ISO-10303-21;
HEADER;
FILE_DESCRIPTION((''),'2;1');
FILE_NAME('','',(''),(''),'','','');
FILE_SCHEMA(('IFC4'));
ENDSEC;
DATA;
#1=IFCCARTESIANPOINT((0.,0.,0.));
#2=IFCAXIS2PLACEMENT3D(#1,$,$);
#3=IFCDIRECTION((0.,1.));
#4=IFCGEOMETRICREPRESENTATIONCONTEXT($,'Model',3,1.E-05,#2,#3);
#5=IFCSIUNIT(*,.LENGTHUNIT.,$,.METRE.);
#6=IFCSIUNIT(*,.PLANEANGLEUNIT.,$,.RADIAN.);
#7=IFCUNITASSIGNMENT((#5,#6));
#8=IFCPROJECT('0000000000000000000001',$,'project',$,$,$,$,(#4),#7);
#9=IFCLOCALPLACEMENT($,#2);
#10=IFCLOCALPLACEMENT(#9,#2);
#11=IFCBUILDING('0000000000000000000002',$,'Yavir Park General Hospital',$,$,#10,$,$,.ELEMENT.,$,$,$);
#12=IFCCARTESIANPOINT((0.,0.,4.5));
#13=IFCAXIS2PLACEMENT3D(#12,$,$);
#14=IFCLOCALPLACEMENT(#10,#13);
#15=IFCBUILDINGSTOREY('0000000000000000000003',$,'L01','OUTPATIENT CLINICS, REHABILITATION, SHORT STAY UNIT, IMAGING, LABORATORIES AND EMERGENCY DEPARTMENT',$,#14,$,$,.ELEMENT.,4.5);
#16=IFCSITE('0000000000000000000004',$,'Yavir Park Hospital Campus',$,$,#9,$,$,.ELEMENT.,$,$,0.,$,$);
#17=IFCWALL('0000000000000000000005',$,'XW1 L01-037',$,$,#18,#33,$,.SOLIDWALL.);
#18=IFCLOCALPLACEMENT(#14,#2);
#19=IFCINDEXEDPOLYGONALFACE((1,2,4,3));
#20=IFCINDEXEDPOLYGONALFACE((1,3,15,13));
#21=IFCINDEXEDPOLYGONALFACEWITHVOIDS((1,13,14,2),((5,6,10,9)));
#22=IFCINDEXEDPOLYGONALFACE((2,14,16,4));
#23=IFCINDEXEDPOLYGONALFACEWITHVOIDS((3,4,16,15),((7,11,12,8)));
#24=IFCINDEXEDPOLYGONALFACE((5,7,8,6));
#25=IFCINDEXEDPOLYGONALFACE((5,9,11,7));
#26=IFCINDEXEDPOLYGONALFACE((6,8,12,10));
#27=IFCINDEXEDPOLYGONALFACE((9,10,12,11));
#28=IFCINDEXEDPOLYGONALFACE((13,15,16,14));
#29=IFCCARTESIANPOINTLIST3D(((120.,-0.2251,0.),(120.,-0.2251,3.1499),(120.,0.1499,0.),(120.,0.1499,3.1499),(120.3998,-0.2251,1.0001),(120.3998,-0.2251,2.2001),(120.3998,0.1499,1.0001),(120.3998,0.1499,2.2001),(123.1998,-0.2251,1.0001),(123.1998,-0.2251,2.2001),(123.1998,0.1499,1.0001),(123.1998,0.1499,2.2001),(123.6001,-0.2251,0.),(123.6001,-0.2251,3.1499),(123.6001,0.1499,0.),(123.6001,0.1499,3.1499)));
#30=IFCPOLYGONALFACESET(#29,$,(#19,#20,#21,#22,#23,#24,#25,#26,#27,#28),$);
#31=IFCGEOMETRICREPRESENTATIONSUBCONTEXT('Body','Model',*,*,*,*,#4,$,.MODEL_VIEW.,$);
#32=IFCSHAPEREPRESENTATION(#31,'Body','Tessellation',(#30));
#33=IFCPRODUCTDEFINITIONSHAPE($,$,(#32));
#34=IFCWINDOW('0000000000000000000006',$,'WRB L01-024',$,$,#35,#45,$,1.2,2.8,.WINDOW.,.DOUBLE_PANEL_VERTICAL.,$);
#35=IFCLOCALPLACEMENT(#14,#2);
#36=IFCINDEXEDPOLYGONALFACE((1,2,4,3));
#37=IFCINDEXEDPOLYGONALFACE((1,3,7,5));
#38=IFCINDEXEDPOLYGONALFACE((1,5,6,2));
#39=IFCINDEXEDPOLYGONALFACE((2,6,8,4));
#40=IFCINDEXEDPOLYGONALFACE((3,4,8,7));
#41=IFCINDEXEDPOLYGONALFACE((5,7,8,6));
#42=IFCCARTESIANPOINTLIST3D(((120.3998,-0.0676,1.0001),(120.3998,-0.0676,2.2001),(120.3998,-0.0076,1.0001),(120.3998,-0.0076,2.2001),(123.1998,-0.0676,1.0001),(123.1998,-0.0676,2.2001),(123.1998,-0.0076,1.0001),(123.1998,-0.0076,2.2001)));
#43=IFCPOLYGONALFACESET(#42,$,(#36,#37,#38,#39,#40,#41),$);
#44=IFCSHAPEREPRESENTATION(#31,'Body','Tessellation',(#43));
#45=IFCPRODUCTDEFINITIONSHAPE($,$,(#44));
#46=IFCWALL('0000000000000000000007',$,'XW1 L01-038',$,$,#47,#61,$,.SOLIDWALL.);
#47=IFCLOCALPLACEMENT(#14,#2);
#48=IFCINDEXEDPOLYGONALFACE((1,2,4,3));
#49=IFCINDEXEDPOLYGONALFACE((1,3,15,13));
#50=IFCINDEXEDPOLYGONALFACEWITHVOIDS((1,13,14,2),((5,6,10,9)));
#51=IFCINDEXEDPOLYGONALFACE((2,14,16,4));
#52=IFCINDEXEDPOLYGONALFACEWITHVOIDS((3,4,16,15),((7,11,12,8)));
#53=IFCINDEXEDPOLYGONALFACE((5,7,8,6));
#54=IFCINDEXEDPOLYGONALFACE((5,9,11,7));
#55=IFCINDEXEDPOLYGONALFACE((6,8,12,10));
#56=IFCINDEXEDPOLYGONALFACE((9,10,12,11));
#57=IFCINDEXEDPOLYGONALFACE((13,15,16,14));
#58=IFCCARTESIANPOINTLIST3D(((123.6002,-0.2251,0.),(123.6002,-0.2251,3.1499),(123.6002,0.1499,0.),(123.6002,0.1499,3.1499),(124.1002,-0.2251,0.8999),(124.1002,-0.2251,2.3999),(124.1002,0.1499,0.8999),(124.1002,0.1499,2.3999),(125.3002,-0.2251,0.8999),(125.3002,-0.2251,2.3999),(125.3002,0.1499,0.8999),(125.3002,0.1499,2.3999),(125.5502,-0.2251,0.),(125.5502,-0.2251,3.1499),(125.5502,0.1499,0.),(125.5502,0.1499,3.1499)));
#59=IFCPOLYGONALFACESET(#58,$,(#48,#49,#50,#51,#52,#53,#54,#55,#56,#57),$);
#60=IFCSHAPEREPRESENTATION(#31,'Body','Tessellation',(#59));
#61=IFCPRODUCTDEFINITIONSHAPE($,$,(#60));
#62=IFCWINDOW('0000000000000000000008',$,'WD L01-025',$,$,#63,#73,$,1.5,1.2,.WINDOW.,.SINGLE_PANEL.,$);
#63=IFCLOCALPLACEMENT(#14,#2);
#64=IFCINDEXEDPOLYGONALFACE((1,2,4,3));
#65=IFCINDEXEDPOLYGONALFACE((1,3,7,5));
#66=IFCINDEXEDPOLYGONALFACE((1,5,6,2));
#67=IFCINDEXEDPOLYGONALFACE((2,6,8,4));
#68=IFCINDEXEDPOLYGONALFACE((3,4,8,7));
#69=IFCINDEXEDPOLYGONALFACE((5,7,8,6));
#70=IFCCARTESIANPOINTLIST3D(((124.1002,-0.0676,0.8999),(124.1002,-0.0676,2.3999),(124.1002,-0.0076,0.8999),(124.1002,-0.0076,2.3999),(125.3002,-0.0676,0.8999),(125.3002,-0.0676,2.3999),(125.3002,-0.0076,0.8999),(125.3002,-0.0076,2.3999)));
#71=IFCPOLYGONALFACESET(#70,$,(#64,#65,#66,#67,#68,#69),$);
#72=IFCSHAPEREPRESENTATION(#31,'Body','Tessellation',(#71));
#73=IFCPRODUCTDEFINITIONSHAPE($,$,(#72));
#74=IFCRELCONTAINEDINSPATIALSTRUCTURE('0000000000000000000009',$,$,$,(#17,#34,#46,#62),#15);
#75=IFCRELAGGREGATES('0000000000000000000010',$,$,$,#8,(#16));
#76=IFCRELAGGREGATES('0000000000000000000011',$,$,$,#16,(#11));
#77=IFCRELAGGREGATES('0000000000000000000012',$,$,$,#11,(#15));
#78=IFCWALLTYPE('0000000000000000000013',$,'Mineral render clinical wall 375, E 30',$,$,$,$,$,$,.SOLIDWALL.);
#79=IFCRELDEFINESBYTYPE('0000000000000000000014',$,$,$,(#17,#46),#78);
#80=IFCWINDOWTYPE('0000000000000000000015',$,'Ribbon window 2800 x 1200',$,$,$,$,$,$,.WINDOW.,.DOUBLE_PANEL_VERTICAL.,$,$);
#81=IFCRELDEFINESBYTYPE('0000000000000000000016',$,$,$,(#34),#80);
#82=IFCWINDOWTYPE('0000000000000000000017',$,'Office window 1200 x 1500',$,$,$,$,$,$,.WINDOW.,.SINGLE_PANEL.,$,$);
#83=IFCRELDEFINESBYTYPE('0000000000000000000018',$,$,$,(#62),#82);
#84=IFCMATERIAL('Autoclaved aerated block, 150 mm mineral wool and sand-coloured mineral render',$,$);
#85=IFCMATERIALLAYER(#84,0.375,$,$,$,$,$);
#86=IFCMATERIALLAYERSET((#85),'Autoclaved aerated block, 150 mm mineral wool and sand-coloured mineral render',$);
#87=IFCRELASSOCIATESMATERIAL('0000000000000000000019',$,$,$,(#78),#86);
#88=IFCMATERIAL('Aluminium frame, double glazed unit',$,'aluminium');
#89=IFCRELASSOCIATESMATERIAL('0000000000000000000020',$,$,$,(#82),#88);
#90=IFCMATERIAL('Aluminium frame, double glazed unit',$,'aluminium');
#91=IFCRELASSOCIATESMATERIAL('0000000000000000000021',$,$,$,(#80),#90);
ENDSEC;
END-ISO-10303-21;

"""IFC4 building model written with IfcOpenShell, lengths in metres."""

from ifc_helpers import new_model, si_unit, direction, frame, frame_2d, origin, place, context, subcontext, project, spatial, rectangle, extrude, material, layer, layer_set, type_object, element, fill, save


model = new_model("IFC4")

# Units and contexts
model_context = context("Model", 3, precision=1e-05, world=origin(), true_north=direction((0.0, 1.0)))
body_context = subcontext(model_context, "Body", "Model", "MODEL_VIEW")
ifc_project = project(units=[si_unit("LENGTHUNIT", "METRE"), si_unit("PLANEANGLEUNIT", "RADIAN")], contexts=[model_context])

# Site, building, storey
site_placement = place(None, origin())
site = spatial("IfcSite", under=ifc_project, at=site_placement, Name="Yavir Park Hospital Campus", CompositionType="ELEMENT", RefElevation=0.0)
building_placement = place(site_placement, origin())
building = spatial("IfcBuilding", under=site, at=building_placement, Name="Yavir Park General Hospital", CompositionType="ELEMENT")
storey_placement = place(building_placement, frame((0.0, 0.0, 4.5)))
storey = spatial("IfcBuildingStorey", under=building, at=storey_placement, Name="L01", Description="OUTPATIENT CLINICS, REHABILITATION, SHORT STAY UNIT, IMAGING, LABORATORIES AND EMERGENCY DEPARTMENT", CompositionType="ELEMENT", Elevation=4.5)

# Walls, openings, windows
ifc_material_1 = material(Name="Autoclaved aerated block, 150 mm mineral wool and sand-coloured mineral render")
ifc_layer_1 = layer(ifc_material_1, 0.375)
ifc_layer_set_1 = layer_set([ifc_layer_1], Name="Autoclaved aerated block, 150 mm mineral wool and sand-coloured mineral render")
wall_type_1 = type_object("IfcWallType", Name="Mineral render clinical wall 375, E 30", PredefinedType="SOLIDWALL", material=ifc_layer_set_1)
ifc_material_2 = material(Name="Aluminium frame, double glazed unit", Category="aluminium")
window_type_1 = type_object("IfcWindowType", Name="Office window 1200 x 1500", PartitioningType="SINGLE_PANEL", PredefinedType="WINDOW", material=ifc_material_2)
wall_1_placement = place(storey_placement, frame((120.0, -0.0376, 0.0), z_axis=(0.0, 0.0, 1.0), x_axis=(1.0, 0.0, 0.0)))
wall_1 = element("IfcWall", 1, at=wall_1_placement, inside=storey, type_object=wall_type_1, Name="XW1 L01-037", PredefinedType="SOLIDWALL", context=body_context, shape_type="SweptSolid", body=[
    extrude(rectangle(XDim=3.6001, YDim=0.375, at=frame_2d((1.8, 0.0))), origin(), (0.0, 0.0, 1.0), 3.1499),
])
opening_1_placement = place(wall_1_placement, frame((0.3999, 0.0, 1.0)))
opening_1 = element("IfcOpeningElement", 2, at=opening_1_placement, cuts=wall_1, PredefinedType="OPENING", context=body_context, shape_type="SweptSolid", body=[
    extrude(rectangle(XDim=2.8, YDim=1.2, at=frame_2d((1.3999, 0.6001))), frame((0.0, 0.1975, 0.0), z_axis=(0.0, -1.0, 0.0), x_axis=(1.0, 0.0, 0.0)), (0.0, 0.0, 1.0), 0.395),
])
ifc_material_3 = material(Name="Aluminium frame, double glazed unit", Category="aluminium")
window_type_2 = type_object("IfcWindowType", Name="Ribbon window 2800 x 1200", PartitioningType="DOUBLE_PANEL_VERTICAL", PredefinedType="WINDOW", material=ifc_material_3)
window_1_placement = place(opening_1_placement, origin())
window_1 = element("IfcWindow", 3, at=window_1_placement, inside=storey, type_object=window_type_2, Name="WRB L01-024", OverallHeight=1.2, OverallWidth=2.8, PartitioningType="DOUBLE_PANEL_VERTICAL", PredefinedType="WINDOW", context=body_context, shape_type="SweptSolid", body=[
    extrude(rectangle(XDim=2.8, YDim=1.2, at=frame_2d((1.3999, 0.6001))), frame((0.0, 0.03, 0.0), z_axis=(0.0, -1.0, 0.0), x_axis=(1.0, 0.0, 0.0)), (0.0, 0.0, 1.0), 0.0601),
])
fill(opening_1, window_1)
wall_2_placement = place(storey_placement, frame((123.6001, -0.0376, 0.0), z_axis=(0.0, 0.0, 1.0), x_axis=(1.0, 0.0, 0.0)))
wall_2 = element("IfcWall", 4, at=wall_2_placement, inside=storey, type_object=wall_type_1, Name="XW1 L01-038", PredefinedType="SOLIDWALL", context=body_context, shape_type="SweptSolid", body=[
    extrude(rectangle(XDim=1.95, YDim=0.375, at=frame_2d((0.9751, 0.0))), origin(), (0.0, 0.0, 1.0), 3.1499),
])
opening_2_placement = place(wall_2_placement, frame((0.5, 0.0, 0.8999)))
opening_2 = element("IfcOpeningElement", 5, at=opening_2_placement, cuts=wall_2, PredefinedType="OPENING", context=body_context, shape_type="SweptSolid", body=[
    extrude(rectangle(XDim=1.2, YDim=1.5, at=frame_2d((0.6001, 0.75))), frame((0.0, 0.1975, 0.0), z_axis=(0.0, -1.0, 0.0), x_axis=(1.0, 0.0, 0.0)), (0.0, 0.0, 1.0), 0.395),
])
window_2_placement = place(opening_2_placement, origin())
window_2 = element("IfcWindow", 6, at=window_2_placement, inside=storey, type_object=window_type_1, Name="WD L01-025", OverallHeight=1.5, OverallWidth=1.2, PartitioningType="SINGLE_PANEL", PredefinedType="WINDOW", context=body_context, shape_type="SweptSolid", body=[
    extrude(rectangle(XDim=1.2, YDim=1.5, at=frame_2d((0.6001, 0.75))), frame((0.0, 0.03, 0.0), z_axis=(0.0, -1.0, 0.0), x_axis=(1.0, 0.0, 0.0)), (0.0, 0.0, 1.0), 0.0601),
])
fill(opening_2, window_2)

save(model, "model.ifc")
